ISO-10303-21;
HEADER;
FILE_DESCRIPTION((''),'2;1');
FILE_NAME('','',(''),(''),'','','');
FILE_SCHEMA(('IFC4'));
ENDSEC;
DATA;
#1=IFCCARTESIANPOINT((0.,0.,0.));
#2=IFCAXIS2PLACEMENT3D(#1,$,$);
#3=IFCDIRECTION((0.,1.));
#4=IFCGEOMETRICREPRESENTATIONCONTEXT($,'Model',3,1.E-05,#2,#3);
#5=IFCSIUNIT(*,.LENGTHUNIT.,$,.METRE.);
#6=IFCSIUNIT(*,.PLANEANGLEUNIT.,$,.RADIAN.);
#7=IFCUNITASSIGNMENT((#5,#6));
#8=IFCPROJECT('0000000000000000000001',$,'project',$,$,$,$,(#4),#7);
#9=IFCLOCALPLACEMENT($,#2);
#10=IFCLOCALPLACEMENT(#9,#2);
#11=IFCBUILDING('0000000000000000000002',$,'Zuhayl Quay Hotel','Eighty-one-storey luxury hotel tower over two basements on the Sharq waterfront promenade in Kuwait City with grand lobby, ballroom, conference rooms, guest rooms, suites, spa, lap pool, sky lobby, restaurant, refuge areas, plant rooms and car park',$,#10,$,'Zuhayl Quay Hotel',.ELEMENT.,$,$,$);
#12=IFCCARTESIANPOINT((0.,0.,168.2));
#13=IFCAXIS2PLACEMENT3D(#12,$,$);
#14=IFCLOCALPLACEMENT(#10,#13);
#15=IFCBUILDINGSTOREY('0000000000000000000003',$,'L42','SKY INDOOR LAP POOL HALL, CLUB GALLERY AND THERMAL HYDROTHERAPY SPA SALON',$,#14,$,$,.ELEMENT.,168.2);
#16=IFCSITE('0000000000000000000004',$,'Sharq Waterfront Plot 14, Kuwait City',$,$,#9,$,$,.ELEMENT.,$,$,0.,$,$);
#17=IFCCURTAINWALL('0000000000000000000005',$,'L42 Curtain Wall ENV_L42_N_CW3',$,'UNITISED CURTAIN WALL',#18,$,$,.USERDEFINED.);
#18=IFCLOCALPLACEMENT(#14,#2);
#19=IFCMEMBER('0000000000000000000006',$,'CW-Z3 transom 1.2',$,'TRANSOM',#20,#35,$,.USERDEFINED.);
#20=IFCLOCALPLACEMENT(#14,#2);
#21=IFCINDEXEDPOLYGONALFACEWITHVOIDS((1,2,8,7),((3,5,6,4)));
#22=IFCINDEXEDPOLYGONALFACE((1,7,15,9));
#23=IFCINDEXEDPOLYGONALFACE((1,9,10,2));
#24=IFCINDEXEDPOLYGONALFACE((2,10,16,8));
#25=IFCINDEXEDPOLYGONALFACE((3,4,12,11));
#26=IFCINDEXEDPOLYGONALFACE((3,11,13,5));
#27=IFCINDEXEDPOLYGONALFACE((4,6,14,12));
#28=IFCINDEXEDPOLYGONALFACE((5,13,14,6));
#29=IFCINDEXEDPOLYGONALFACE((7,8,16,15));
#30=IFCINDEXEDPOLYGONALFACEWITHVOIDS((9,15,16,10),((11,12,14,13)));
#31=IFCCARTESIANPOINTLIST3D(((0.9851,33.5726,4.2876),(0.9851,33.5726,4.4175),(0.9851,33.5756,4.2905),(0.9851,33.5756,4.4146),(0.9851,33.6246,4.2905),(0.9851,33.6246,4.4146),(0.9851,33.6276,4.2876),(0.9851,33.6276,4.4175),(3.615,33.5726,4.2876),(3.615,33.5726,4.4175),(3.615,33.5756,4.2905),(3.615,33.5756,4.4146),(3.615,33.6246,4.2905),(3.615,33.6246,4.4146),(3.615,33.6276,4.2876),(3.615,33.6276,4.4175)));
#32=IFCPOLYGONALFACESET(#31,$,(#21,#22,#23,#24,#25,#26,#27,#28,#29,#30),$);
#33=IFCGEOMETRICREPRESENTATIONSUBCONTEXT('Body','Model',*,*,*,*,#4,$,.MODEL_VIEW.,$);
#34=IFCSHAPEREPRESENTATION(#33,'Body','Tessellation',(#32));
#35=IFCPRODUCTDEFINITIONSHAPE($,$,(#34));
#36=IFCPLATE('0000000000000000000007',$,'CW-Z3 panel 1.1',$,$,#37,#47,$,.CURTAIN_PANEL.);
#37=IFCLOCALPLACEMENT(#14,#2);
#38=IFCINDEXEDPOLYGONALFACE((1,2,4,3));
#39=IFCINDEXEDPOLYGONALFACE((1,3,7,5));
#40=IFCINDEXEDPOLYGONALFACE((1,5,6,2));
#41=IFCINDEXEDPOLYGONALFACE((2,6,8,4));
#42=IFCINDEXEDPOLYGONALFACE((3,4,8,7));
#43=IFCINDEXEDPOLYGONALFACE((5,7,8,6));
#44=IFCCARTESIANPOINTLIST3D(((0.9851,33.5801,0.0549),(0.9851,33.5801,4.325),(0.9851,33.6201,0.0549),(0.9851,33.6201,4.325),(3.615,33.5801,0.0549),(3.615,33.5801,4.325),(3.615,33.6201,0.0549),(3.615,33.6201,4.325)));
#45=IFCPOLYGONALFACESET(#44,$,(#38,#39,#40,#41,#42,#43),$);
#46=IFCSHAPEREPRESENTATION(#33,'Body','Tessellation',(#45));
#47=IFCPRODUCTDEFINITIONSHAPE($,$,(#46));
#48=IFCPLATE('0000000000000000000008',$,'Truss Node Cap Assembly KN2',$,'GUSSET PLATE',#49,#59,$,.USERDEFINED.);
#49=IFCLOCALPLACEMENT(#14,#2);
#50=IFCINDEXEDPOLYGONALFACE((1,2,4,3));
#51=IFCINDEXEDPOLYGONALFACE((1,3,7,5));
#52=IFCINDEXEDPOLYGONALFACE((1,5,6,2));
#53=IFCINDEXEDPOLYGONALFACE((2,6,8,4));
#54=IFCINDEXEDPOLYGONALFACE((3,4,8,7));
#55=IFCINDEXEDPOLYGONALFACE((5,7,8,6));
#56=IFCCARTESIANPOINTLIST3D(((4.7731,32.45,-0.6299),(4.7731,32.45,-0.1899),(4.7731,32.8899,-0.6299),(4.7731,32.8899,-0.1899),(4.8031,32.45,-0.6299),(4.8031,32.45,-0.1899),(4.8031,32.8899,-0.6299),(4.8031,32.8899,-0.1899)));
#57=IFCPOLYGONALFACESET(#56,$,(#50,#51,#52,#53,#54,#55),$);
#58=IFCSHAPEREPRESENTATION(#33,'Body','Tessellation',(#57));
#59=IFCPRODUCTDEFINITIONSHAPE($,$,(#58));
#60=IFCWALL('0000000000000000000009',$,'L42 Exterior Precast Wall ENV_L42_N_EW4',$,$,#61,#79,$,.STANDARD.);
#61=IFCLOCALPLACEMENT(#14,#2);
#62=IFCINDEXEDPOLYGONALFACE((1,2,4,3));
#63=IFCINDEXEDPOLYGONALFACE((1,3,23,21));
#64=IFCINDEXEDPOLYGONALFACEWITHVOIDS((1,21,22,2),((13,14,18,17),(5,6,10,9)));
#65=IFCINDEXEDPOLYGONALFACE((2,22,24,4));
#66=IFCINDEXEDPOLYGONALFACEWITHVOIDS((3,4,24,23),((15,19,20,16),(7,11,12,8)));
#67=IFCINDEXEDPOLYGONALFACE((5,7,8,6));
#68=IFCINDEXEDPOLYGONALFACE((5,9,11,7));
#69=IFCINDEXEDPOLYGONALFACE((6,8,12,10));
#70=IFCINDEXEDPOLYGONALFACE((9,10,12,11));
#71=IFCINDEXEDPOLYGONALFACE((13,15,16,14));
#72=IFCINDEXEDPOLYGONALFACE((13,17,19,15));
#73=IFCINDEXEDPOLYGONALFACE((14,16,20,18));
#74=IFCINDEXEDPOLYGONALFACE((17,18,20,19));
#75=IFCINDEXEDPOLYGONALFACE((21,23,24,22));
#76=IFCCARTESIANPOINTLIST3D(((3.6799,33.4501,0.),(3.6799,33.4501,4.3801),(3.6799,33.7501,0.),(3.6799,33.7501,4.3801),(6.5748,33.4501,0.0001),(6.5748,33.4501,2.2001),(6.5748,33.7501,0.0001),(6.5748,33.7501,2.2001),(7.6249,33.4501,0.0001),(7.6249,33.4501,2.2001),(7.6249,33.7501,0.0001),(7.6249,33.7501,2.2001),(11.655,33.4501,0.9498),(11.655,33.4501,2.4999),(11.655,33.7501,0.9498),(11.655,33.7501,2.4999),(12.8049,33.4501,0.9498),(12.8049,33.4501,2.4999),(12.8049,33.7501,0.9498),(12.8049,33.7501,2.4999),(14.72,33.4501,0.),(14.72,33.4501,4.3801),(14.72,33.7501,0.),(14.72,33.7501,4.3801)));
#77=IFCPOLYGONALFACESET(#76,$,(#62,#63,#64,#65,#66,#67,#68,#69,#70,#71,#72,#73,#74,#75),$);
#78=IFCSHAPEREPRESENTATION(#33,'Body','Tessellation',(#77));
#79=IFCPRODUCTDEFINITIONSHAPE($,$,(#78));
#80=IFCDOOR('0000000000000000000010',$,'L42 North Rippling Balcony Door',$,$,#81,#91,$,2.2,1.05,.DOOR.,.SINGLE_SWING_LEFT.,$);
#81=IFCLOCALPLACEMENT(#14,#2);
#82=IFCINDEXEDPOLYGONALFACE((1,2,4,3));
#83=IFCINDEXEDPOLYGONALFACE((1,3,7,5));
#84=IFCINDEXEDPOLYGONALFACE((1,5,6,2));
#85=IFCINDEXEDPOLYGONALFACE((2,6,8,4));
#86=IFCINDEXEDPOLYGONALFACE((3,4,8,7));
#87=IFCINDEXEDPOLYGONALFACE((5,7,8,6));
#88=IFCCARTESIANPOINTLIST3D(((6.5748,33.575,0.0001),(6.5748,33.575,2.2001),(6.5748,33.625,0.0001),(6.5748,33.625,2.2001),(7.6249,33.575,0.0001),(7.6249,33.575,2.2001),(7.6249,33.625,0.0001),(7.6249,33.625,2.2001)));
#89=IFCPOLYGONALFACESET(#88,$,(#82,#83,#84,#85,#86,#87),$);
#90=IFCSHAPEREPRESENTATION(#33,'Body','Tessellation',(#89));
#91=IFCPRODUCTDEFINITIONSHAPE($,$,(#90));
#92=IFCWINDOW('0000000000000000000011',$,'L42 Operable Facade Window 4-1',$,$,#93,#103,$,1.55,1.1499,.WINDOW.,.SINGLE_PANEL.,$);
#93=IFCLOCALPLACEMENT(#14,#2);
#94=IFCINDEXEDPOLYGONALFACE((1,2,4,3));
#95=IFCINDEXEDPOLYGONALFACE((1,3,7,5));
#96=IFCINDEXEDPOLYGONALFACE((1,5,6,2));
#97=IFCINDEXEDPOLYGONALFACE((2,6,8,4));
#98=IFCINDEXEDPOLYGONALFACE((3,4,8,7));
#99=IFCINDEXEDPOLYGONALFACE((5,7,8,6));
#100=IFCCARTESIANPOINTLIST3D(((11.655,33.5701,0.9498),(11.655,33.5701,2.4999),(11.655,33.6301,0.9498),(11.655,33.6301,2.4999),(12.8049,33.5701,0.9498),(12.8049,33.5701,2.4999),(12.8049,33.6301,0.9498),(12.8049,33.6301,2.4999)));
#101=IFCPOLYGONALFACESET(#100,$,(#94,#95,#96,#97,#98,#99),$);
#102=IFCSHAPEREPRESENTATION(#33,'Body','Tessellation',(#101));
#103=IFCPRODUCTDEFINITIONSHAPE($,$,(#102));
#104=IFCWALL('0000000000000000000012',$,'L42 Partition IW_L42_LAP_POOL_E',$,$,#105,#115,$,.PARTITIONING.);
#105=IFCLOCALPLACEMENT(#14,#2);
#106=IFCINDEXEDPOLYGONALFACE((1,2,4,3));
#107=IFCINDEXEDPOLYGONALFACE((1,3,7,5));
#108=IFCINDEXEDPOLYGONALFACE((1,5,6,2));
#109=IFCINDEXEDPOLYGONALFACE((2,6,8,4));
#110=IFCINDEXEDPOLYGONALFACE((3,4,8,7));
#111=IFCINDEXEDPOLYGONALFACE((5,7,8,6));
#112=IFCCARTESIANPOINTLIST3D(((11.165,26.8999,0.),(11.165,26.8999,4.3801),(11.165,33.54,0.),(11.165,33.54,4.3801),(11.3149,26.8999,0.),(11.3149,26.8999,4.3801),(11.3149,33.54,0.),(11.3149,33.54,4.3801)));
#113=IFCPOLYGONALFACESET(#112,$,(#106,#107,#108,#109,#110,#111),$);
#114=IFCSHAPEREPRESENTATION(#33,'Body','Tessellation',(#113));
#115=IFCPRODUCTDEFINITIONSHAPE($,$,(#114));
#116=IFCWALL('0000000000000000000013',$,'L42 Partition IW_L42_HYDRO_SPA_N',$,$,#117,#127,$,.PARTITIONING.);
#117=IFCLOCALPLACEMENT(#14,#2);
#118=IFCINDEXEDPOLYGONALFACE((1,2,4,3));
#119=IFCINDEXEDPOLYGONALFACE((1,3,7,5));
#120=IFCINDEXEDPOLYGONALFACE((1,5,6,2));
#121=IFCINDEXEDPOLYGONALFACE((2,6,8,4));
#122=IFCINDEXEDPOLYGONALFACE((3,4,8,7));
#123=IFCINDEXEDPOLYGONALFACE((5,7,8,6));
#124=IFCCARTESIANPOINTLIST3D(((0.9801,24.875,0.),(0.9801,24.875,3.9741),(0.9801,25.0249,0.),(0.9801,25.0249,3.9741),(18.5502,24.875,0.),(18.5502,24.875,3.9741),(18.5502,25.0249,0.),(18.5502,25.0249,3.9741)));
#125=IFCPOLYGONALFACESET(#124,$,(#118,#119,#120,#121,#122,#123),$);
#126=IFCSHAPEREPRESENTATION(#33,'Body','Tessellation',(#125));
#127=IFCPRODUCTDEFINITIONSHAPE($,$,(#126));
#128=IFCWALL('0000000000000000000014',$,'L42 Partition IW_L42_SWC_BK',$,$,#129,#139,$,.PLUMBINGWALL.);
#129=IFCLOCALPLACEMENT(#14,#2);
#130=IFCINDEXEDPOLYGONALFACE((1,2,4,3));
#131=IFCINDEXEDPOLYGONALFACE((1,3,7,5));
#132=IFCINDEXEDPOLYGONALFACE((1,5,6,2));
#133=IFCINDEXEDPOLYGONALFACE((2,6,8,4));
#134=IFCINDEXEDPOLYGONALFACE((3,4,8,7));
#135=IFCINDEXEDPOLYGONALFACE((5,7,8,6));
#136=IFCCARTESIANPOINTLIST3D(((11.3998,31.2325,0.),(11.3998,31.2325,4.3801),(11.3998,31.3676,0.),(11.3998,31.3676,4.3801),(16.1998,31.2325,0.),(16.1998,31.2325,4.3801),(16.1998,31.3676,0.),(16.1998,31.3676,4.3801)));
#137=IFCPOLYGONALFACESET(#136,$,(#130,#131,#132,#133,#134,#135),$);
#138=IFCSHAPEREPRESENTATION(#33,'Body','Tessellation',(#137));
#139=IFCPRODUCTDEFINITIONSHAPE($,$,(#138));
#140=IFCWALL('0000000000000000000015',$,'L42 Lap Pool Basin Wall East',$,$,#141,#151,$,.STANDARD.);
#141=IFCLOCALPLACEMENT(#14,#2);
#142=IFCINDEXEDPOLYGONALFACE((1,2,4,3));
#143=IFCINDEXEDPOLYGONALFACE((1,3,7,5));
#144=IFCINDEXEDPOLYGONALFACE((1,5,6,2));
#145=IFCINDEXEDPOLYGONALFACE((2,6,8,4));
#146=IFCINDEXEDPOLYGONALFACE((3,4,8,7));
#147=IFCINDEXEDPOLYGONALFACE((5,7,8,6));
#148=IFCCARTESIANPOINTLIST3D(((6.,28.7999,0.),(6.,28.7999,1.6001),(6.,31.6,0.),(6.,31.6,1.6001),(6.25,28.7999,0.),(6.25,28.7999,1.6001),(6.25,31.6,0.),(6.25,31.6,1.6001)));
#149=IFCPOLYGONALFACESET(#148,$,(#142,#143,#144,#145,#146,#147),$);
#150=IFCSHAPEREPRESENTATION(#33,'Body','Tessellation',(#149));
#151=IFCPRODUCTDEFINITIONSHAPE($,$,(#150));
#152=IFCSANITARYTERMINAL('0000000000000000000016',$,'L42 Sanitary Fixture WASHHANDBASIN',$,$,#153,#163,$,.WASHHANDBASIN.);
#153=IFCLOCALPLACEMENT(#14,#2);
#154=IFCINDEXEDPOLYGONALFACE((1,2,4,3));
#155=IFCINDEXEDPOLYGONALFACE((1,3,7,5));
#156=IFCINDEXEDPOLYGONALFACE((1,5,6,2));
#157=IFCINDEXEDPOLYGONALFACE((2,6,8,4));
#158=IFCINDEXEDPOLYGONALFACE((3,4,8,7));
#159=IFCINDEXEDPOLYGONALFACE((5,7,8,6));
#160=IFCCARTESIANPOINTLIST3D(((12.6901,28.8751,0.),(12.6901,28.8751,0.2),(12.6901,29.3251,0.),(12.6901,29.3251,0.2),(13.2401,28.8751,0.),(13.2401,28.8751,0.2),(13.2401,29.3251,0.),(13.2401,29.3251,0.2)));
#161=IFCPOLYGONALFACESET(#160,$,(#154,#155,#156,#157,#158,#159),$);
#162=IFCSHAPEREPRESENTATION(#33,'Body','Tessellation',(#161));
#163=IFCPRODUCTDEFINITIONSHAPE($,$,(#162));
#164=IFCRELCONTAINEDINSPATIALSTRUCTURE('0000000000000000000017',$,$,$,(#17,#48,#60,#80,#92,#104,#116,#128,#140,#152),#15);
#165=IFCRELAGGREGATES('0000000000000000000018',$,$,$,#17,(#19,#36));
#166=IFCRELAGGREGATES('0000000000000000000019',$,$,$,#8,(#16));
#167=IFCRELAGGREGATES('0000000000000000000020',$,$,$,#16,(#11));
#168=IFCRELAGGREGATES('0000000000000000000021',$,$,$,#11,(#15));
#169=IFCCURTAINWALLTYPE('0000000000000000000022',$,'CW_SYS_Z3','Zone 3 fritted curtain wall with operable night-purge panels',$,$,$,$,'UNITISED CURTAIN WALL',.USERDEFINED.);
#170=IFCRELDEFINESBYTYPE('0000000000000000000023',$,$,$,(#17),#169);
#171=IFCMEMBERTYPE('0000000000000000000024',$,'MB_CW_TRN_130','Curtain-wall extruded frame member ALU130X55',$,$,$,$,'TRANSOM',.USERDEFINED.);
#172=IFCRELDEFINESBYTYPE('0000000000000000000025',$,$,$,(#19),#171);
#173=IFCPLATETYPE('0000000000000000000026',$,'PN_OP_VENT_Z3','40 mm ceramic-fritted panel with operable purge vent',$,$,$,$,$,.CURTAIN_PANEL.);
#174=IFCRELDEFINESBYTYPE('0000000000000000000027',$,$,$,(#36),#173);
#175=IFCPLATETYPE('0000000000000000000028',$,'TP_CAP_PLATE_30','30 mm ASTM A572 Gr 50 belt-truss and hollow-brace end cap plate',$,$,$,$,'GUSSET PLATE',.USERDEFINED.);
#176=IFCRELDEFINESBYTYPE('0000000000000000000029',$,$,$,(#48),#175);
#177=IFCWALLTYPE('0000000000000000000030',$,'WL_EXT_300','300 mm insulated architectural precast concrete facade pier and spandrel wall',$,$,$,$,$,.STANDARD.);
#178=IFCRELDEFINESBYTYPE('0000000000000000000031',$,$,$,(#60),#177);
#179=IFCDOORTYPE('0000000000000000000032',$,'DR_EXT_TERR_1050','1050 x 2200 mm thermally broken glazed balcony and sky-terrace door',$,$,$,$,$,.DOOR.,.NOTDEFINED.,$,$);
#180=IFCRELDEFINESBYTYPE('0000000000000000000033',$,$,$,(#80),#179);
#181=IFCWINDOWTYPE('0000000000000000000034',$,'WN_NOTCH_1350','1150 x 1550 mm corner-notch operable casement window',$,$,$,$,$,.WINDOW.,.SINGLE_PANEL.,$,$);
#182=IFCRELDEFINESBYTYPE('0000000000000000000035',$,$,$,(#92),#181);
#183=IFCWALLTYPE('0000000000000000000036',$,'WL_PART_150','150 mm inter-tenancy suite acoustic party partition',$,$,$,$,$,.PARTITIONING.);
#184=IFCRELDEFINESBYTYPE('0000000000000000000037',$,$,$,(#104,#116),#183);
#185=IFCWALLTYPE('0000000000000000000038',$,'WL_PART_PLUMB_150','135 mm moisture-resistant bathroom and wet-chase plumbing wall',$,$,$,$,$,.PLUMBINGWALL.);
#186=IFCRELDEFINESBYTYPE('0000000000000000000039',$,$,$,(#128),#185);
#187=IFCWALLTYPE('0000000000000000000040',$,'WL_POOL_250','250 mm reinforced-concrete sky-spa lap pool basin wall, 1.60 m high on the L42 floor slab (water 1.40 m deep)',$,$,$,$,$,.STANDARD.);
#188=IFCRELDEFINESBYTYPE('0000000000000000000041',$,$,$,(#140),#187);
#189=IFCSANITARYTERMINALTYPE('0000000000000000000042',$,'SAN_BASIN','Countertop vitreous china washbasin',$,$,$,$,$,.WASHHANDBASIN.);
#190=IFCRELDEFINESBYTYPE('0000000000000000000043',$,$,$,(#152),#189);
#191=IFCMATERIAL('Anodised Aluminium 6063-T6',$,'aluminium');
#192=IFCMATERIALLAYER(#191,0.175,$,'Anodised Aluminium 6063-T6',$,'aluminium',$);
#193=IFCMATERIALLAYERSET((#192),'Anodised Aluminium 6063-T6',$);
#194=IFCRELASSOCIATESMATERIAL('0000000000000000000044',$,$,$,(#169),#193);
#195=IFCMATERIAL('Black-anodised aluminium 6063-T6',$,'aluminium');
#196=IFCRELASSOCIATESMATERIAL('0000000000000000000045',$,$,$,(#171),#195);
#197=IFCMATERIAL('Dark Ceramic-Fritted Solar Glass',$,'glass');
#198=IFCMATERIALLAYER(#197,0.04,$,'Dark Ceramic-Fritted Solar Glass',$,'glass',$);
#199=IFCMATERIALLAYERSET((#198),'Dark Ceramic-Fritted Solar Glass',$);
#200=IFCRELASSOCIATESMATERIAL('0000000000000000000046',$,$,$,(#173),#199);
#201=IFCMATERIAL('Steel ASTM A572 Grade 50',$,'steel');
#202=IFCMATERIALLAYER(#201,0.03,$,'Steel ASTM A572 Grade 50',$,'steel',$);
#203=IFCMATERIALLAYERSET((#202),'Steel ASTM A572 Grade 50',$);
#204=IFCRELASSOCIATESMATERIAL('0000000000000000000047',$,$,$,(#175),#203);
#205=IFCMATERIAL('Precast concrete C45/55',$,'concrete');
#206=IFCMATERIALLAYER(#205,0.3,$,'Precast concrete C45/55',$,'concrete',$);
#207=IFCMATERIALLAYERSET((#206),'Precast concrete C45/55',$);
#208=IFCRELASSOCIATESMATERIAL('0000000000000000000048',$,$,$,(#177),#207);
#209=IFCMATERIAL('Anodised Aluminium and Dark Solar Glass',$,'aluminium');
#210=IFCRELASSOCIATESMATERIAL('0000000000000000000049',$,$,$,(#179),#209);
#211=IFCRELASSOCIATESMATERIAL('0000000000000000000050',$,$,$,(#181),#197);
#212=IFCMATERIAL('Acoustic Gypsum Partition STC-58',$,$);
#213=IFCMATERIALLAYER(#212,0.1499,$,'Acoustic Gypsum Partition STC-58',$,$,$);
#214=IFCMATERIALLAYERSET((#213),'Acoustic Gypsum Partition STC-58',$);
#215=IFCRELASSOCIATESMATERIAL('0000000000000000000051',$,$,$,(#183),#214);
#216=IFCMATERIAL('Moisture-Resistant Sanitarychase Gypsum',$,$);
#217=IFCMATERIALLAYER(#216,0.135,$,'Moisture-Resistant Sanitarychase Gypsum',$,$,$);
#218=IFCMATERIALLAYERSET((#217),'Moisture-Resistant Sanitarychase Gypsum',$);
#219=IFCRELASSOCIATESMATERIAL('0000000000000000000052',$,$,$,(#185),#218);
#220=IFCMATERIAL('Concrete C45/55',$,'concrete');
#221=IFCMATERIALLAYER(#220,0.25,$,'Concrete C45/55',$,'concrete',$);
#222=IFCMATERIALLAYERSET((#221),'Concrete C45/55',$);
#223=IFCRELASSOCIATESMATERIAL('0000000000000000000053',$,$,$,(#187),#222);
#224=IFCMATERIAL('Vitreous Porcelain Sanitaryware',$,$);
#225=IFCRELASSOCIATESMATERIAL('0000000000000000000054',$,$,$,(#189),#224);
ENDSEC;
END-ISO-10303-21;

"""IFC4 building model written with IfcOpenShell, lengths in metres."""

from ifc_helpers import new_model, si_unit, direction, frame, frame_2d, origin, origin_2d, place, context, subcontext, project, spatial, rectangle, hollow_rectangle, extrude, material, layer, layer_set, material_profile, profile_set, type_object, element, fill, aggregate, save


model = new_model("IFC4")

# Units and contexts
model_context = context("Model", 3, precision=1e-05, world=origin(), true_north=direction((0.0, 1.0)))
body_context = subcontext(model_context, "Body", "Model", "MODEL_VIEW")
ifc_project = project(units=[si_unit("LENGTHUNIT", "METRE"), si_unit("PLANEANGLEUNIT", "RADIAN")], contexts=[model_context])

# Site, building, storey
site_placement = place(None, origin())
site = spatial("IfcSite", under=ifc_project, at=site_placement, Name="Sharq Waterfront Plot 14, Kuwait City", CompositionType="ELEMENT", RefElevation=0.0)
building_placement = place(site_placement, origin())
building = spatial("IfcBuilding", under=site, at=building_placement, Name="Zuhayl Quay Hotel", Description="Eighty-one-storey luxury hotel tower over two basements on the Sharq waterfront promenade in Kuwait City with grand lobby, ballroom, conference rooms, guest rooms, suites, spa, lap pool, sky lobby, restaurant, refuge areas, plant rooms and car park", LongName="Zuhayl Quay Hotel", CompositionType="ELEMENT")
storey_placement = place(building_placement, frame((0.0, 0.0, 168.2)))
storey = spatial("IfcBuildingStorey", under=building, at=storey_placement, Name="L42", Description="SKY INDOOR LAP POOL HALL, CLUB GALLERY AND THERMAL HYDROTHERAPY SPA SALON", CompositionType="ELEMENT", Elevation=168.2)

# Curtain wall, member, plate
ifc_material_1 = material(Name="Anodised Aluminium 6063-T6", Category="aluminium")
ifc_layer_1 = layer(ifc_material_1, 0.175, Name="Anodised Aluminium 6063-T6", Category="aluminium")
ifc_layer_set_1 = layer_set([ifc_layer_1], Name="Anodised Aluminium 6063-T6")
curtain_wall_type = type_object("IfcCurtainWallType", Name="CW_SYS_Z3", Description="Zone 3 fritted curtain wall with operable night-purge panels", ElementType="UNITISED CURTAIN WALL", PredefinedType="USERDEFINED", material=ifc_layer_set_1)
curtain_wall_placement = place(storey_placement, origin())
curtain_wall = element("IfcCurtainWall", 1, at=curtain_wall_placement, inside=storey, type_object=curtain_wall_type, Name="L42 Curtain Wall ENV_L42_N_CW3", ObjectType="UNITISED CURTAIN WALL", PredefinedType="USERDEFINED")
ifc_material_2 = material(Name="Black-anodised aluminium 6063-T6", Category="aluminium")
ifc_material_profile_1 = material_profile(ifc_material_2, hollow_rectangle(XDim=0.0549, YDim=0.1299, WallThickness=0.0029, at=origin_2d()), Name="ALU130X55")
ifc_profile_set_1 = profile_set([ifc_material_profile_1], Name="Black-anodised aluminium 6063-T6")
member_type_1 = type_object("IfcMemberType", Name="MB_CW_TRN_130", Description="Curtain-wall extruded frame member ALU130X55", ElementType="TRANSOM", PredefinedType="USERDEFINED", material=ifc_profile_set_1)
member_1_placement = place(storey_placement, frame((0.9851, 33.6001, 4.3525), z_axis=(1.0, 0.0, 0.0), x_axis=(0.0, 1.0, 0.0)))
member_1 = element("IfcMember", 2, at=member_1_placement, type_object=member_type_1, Name="CW-Z3 transom 1.2", ObjectType="TRANSOM", PredefinedType="USERDEFINED", context=body_context, shape_type="SweptSolid", body=[
    extrude(hollow_rectangle(XDim=0.0549, YDim=0.1299, WallThickness=0.0029, at=origin_2d()), origin(), (0.0, 0.0, 1.0), 2.6299),
])
ifc_material_3 = material(Name="Dark Ceramic-Fritted Solar Glass", Category="glass")
ifc_layer_2 = layer(ifc_material_3, 0.04, Name="Dark Ceramic-Fritted Solar Glass", Category="glass")
ifc_layer_set_2 = layer_set([ifc_layer_2], Name="Dark Ceramic-Fritted Solar Glass")
plate_type_1 = type_object("IfcPlateType", Name="PN_OP_VENT_Z3", Description="40 mm ceramic-fritted panel with operable purge vent", PredefinedType="CURTAIN_PANEL", material=ifc_layer_set_2)
plate_1_placement = place(storey_placement, frame((2.3, 33.6001, 0.0549), z_axis=(0.0, 0.0, 1.0), x_axis=(1.0, 0.0, 0.0)))
plate_1 = element("IfcPlate", 3, at=plate_1_placement, type_object=plate_type_1, Name="CW-Z3 panel 1.1", PredefinedType="CURTAIN_PANEL", context=body_context, shape_type="SweptSolid", body=[
    extrude(rectangle(XDim=2.6299, YDim=0.04, at=origin_2d()), origin(), (0.0, 0.0, 1.0), 4.27),
])
aggregate(curtain_wall, [member_1, plate_1])

# Plate
ifc_material_4 = material(Name="Steel ASTM A572 Grade 50", Category="steel")
ifc_layer_3 = layer(ifc_material_4, 0.03, Name="Steel ASTM A572 Grade 50", Category="steel")
ifc_layer_set_3 = layer_set([ifc_layer_3], Name="Steel ASTM A572 Grade 50")
plate_type_2 = type_object("IfcPlateType", Name="TP_CAP_PLATE_30", Description="30 mm ASTM A572 Gr 50 belt-truss and hollow-brace end cap plate", ElementType="GUSSET PLATE", PredefinedType="USERDEFINED", material=ifc_layer_set_3)
plate_2_placement = place(storey_placement, frame((4.7881, 32.6699, -0.6299), z_axis=(0.0, 0.0, 1.0), x_axis=(-1.0, 0.0, 0.0)))
element("IfcPlate", 4, at=plate_2_placement, inside=storey, type_object=plate_type_2, Name="Truss Node Cap Assembly KN2", ObjectType="GUSSET PLATE", PredefinedType="USERDEFINED", context=body_context, shape_type="SweptSolid", body=[
    extrude(rectangle(XDim=0.03, YDim=0.4399, at=origin_2d()), origin(), (0.0, 0.0, 1.0), 0.4399),
])

# Wall, openings, door, window
ifc_material_5 = material(Name="Precast concrete C45/55", Category="concrete")
ifc_layer_4 = layer(ifc_material_5, 0.3, Name="Precast concrete C45/55", Category="concrete")
ifc_layer_set_4 = layer_set([ifc_layer_4], Name="Precast concrete C45/55")
wall_type_1 = type_object("IfcWallType", Name="WL_EXT_300", Description="300 mm insulated architectural precast concrete facade pier and spandrel wall", PredefinedType="STANDARD", material=ifc_layer_set_4)
wall_1_placement = place(storey_placement, frame((3.6799, 33.6001, 0.0), z_axis=(0.0, 0.0, 1.0), x_axis=(1.0, 0.0, 0.0)))
wall_1 = element("IfcWall", 5, at=wall_1_placement, inside=storey, type_object=wall_type_1, Name="L42 Exterior Precast Wall ENV_L42_N_EW4", PredefinedType="STANDARD", context=body_context, shape_type="SweptSolid", body=[
    extrude(rectangle(XDim=11.04, YDim=0.3, at=frame_2d((5.52, 0.0))), origin(), (0.0, 0.0, 1.0), 4.3801),
])
opening_1_placement = place(wall_1_placement, frame((2.895, 0.0, 0.0)))
opening_1 = element("IfcOpeningElement", 6, at=opening_1_placement, cuts=wall_1, PredefinedType="OPENING", context=body_context, shape_type="SweptSolid", body=[
    extrude(rectangle(XDim=1.05, YDim=2.2, at=frame_2d((0.5249, 1.1001))), frame((0.0, 0.1599, 0.0), z_axis=(0.0, -1.0, 0.0), x_axis=(1.0, 0.0, 0.0)), (0.0, 0.0, 1.0), 0.3201),
])
opening_2_placement = place(wall_1_placement, frame((7.9751, 0.0, 0.95)))
opening_2 = element("IfcOpeningElement", 7, at=opening_2_placement, cuts=wall_1, PredefinedType="OPENING", context=body_context, shape_type="SweptSolid", body=[
    extrude(rectangle(XDim=1.1499, YDim=1.55, at=frame_2d((0.575, 0.7749))), frame((0.0, 0.1599, 0.0), z_axis=(0.0, -1.0, 0.0), x_axis=(1.0, 0.0, 0.0)), (0.0, 0.0, 1.0), 0.3201),
])
ifc_material_6 = material(Name="Anodised Aluminium and Dark Solar Glass", Category="aluminium")
door_type_1 = type_object("IfcDoorType", Name="DR_EXT_TERR_1050", Description="1050 x 2200 mm thermally broken glazed balcony and sky-terrace door", OperationType="NOTDEFINED", PredefinedType="DOOR", material=ifc_material_6)
door_1_placement = place(opening_1_placement, origin())
door_1 = element("IfcDoor", 8, at=door_1_placement, inside=storey, type_object=door_type_1, Name="L42 North Rippling Balcony Door", OperationType="SINGLE_SWING_LEFT", OverallHeight=2.2, OverallWidth=1.05, PredefinedType="DOOR", context=body_context, shape_type="SweptSolid", body=[
    extrude(rectangle(XDim=1.05, YDim=2.2, at=frame_2d((0.5249, 1.1001))), frame((0.0, 0.0249, 0.0), z_axis=(0.0, -1.0, 0.0), x_axis=(1.0, 0.0, 0.0)), (0.0, 0.0, 1.0), 0.05),
])
fill(opening_1, door_1)
window_type = type_object("IfcWindowType", Name="WN_NOTCH_1350", Description="1150 x 1550 mm corner-notch operable casement window", PartitioningType="SINGLE_PANEL", PredefinedType="WINDOW", material=ifc_material_3)
window_placement = place(opening_2_placement, origin())
window = element("IfcWindow", 9, at=window_placement, inside=storey, type_object=window_type, Name="L42 Operable Facade Window 4-1", OverallHeight=1.55, OverallWidth=1.1499, PartitioningType="SINGLE_PANEL", PredefinedType="WINDOW", context=body_context, shape_type="SweptSolid", body=[
    extrude(rectangle(XDim=1.1499, YDim=1.55, at=frame_2d((0.575, 0.7749))), frame((0.0, 0.03, 0.0), z_axis=(0.0, -1.0, 0.0), x_axis=(1.0, 0.0, 0.0)), (0.0, 0.0, 1.0), 0.0601),
])
fill(opening_2, window)

# Walls
ifc_material_7 = material(Name="Acoustic Gypsum Partition STC-58")
ifc_layer_5 = layer(ifc_material_7, 0.1499, Name="Acoustic Gypsum Partition STC-58")
ifc_layer_set_5 = layer_set([ifc_layer_5], Name="Acoustic Gypsum Partition STC-58")
wall_type_2 = type_object("IfcWallType", Name="WL_PART_150", Description="150 mm inter-tenancy suite acoustic party partition", PredefinedType="PARTITIONING", material=ifc_layer_set_5)
wall_2_placement = place(storey_placement, frame((11.24, 26.8999, 0.0), z_axis=(0.0, 0.0, 1.0), x_axis=(0.0, 1.0, 0.0)))
element("IfcWall", 10, at=wall_2_placement, inside=storey, type_object=wall_type_2, Name="L42 Partition IW_L42_LAP_POOL_E", PredefinedType="PARTITIONING", context=body_context, shape_type="SweptSolid", body=[
    extrude(rectangle(XDim=6.6401, YDim=0.1499, at=frame_2d((3.3201, 0.0))), origin(), (0.0, 0.0, 1.0), 4.3801),
])
wall_3_placement = place(storey_placement, frame((0.98, 24.95, 0.0), z_axis=(0.0, 0.0, 1.0), x_axis=(1.0, 0.0, 0.0)))
element("IfcWall", 11, at=wall_3_placement, inside=storey, type_object=wall_type_2, Name="L42 Partition IW_L42_HYDRO_SPA_N", PredefinedType="PARTITIONING", context=body_context, shape_type="SweptSolid", body=[
    extrude(rectangle(XDim=17.5701, YDim=0.1499, at=frame_2d((8.7852, 0.0))), origin(), (0.0, 0.0, 1.0), 3.9741),
])

# Shared definitions
ifc_material_8 = material(Name="Moisture-Resistant Sanitarychase Gypsum")
ifc_layer_6 = layer(ifc_material_8, 0.135, Name="Moisture-Resistant Sanitarychase Gypsum")
ifc_layer_set_6 = layer_set([ifc_layer_6], Name="Moisture-Resistant Sanitarychase Gypsum")
wall_type_3 = type_object("IfcWallType", Name="WL_PART_PLUMB_150", Description="135 mm moisture-resistant bathroom and wet-chase plumbing wall", PredefinedType="PLUMBINGWALL", material=ifc_layer_set_6)

# Walls
wall_4_placement = place(storey_placement, frame((11.3999, 31.3, 0.0), z_axis=(0.0, 0.0, 1.0), x_axis=(1.0, 0.0, 0.0)))
element("IfcWall", 12, at=wall_4_placement, inside=storey, type_object=wall_type_3, Name="L42 Partition IW_L42_SWC_BK", PredefinedType="PLUMBINGWALL", context=body_context, shape_type="SweptSolid", body=[
    extrude(rectangle(XDim=4.8, YDim=0.135, at=frame_2d((2.3999, 0.0))), origin(), (0.0, 0.0, 1.0), 4.3801),
])
ifc_material_9 = material(Name="Concrete C45/55", Category="concrete")
ifc_layer_7 = layer(ifc_material_9, 0.25, Name="Concrete C45/55", Category="concrete")
ifc_layer_set_7 = layer_set([ifc_layer_7], Name="Concrete C45/55")
wall_type_4 = type_object("IfcWallType", Name="WL_POOL_250", Description="250 mm reinforced-concrete sky-spa lap pool basin wall, 1.60 m high on the L42 floor slab (water 1.40 m deep)", PredefinedType="STANDARD", material=ifc_layer_set_7)
wall_5_placement = place(storey_placement, frame((6.125, 28.8, 0.0), z_axis=(0.0, 0.0, 1.0), x_axis=(0.0, 1.0, 0.0)))
element("IfcWall", 13, at=wall_5_placement, inside=storey, type_object=wall_type_4, Name="L42 Lap Pool Basin Wall East", PredefinedType="STANDARD", context=body_context, shape_type="SweptSolid", body=[
    extrude(rectangle(XDim=2.8, YDim=0.25, at=frame_2d((1.3999, 0.0))), origin(), (0.0, 0.0, 1.0), 1.6001),
])

# Sanitary terminal
ifc_material_10 = material(Name="Vitreous Porcelain Sanitaryware")
sanitary_terminal_type_1 = type_object("IfcSanitaryTerminalType", Name="SAN_BASIN", Description="Countertop vitreous china washbasin", PredefinedType="WASHHANDBASIN", material=ifc_material_10)
sanitary_terminal_1_placement = place(storey_placement, frame((12.9651, 29.1001, 0.0), z_axis=(0.0, 0.0, 1.0), x_axis=(1.0, 0.0, 0.0)))
element("IfcSanitaryTerminal", 14, at=sanitary_terminal_1_placement, inside=storey, type_object=sanitary_terminal_type_1, Name="L42 Sanitary Fixture WASHHANDBASIN", PredefinedType="WASHHANDBASIN", context=body_context, shape_type="SweptSolid", body=[
    extrude(rectangle(XDim=0.55, YDim=0.45, at=origin_2d()), origin(), (0.0, 0.0, 1.0), 0.2),
])

save(model, "model.ifc")
